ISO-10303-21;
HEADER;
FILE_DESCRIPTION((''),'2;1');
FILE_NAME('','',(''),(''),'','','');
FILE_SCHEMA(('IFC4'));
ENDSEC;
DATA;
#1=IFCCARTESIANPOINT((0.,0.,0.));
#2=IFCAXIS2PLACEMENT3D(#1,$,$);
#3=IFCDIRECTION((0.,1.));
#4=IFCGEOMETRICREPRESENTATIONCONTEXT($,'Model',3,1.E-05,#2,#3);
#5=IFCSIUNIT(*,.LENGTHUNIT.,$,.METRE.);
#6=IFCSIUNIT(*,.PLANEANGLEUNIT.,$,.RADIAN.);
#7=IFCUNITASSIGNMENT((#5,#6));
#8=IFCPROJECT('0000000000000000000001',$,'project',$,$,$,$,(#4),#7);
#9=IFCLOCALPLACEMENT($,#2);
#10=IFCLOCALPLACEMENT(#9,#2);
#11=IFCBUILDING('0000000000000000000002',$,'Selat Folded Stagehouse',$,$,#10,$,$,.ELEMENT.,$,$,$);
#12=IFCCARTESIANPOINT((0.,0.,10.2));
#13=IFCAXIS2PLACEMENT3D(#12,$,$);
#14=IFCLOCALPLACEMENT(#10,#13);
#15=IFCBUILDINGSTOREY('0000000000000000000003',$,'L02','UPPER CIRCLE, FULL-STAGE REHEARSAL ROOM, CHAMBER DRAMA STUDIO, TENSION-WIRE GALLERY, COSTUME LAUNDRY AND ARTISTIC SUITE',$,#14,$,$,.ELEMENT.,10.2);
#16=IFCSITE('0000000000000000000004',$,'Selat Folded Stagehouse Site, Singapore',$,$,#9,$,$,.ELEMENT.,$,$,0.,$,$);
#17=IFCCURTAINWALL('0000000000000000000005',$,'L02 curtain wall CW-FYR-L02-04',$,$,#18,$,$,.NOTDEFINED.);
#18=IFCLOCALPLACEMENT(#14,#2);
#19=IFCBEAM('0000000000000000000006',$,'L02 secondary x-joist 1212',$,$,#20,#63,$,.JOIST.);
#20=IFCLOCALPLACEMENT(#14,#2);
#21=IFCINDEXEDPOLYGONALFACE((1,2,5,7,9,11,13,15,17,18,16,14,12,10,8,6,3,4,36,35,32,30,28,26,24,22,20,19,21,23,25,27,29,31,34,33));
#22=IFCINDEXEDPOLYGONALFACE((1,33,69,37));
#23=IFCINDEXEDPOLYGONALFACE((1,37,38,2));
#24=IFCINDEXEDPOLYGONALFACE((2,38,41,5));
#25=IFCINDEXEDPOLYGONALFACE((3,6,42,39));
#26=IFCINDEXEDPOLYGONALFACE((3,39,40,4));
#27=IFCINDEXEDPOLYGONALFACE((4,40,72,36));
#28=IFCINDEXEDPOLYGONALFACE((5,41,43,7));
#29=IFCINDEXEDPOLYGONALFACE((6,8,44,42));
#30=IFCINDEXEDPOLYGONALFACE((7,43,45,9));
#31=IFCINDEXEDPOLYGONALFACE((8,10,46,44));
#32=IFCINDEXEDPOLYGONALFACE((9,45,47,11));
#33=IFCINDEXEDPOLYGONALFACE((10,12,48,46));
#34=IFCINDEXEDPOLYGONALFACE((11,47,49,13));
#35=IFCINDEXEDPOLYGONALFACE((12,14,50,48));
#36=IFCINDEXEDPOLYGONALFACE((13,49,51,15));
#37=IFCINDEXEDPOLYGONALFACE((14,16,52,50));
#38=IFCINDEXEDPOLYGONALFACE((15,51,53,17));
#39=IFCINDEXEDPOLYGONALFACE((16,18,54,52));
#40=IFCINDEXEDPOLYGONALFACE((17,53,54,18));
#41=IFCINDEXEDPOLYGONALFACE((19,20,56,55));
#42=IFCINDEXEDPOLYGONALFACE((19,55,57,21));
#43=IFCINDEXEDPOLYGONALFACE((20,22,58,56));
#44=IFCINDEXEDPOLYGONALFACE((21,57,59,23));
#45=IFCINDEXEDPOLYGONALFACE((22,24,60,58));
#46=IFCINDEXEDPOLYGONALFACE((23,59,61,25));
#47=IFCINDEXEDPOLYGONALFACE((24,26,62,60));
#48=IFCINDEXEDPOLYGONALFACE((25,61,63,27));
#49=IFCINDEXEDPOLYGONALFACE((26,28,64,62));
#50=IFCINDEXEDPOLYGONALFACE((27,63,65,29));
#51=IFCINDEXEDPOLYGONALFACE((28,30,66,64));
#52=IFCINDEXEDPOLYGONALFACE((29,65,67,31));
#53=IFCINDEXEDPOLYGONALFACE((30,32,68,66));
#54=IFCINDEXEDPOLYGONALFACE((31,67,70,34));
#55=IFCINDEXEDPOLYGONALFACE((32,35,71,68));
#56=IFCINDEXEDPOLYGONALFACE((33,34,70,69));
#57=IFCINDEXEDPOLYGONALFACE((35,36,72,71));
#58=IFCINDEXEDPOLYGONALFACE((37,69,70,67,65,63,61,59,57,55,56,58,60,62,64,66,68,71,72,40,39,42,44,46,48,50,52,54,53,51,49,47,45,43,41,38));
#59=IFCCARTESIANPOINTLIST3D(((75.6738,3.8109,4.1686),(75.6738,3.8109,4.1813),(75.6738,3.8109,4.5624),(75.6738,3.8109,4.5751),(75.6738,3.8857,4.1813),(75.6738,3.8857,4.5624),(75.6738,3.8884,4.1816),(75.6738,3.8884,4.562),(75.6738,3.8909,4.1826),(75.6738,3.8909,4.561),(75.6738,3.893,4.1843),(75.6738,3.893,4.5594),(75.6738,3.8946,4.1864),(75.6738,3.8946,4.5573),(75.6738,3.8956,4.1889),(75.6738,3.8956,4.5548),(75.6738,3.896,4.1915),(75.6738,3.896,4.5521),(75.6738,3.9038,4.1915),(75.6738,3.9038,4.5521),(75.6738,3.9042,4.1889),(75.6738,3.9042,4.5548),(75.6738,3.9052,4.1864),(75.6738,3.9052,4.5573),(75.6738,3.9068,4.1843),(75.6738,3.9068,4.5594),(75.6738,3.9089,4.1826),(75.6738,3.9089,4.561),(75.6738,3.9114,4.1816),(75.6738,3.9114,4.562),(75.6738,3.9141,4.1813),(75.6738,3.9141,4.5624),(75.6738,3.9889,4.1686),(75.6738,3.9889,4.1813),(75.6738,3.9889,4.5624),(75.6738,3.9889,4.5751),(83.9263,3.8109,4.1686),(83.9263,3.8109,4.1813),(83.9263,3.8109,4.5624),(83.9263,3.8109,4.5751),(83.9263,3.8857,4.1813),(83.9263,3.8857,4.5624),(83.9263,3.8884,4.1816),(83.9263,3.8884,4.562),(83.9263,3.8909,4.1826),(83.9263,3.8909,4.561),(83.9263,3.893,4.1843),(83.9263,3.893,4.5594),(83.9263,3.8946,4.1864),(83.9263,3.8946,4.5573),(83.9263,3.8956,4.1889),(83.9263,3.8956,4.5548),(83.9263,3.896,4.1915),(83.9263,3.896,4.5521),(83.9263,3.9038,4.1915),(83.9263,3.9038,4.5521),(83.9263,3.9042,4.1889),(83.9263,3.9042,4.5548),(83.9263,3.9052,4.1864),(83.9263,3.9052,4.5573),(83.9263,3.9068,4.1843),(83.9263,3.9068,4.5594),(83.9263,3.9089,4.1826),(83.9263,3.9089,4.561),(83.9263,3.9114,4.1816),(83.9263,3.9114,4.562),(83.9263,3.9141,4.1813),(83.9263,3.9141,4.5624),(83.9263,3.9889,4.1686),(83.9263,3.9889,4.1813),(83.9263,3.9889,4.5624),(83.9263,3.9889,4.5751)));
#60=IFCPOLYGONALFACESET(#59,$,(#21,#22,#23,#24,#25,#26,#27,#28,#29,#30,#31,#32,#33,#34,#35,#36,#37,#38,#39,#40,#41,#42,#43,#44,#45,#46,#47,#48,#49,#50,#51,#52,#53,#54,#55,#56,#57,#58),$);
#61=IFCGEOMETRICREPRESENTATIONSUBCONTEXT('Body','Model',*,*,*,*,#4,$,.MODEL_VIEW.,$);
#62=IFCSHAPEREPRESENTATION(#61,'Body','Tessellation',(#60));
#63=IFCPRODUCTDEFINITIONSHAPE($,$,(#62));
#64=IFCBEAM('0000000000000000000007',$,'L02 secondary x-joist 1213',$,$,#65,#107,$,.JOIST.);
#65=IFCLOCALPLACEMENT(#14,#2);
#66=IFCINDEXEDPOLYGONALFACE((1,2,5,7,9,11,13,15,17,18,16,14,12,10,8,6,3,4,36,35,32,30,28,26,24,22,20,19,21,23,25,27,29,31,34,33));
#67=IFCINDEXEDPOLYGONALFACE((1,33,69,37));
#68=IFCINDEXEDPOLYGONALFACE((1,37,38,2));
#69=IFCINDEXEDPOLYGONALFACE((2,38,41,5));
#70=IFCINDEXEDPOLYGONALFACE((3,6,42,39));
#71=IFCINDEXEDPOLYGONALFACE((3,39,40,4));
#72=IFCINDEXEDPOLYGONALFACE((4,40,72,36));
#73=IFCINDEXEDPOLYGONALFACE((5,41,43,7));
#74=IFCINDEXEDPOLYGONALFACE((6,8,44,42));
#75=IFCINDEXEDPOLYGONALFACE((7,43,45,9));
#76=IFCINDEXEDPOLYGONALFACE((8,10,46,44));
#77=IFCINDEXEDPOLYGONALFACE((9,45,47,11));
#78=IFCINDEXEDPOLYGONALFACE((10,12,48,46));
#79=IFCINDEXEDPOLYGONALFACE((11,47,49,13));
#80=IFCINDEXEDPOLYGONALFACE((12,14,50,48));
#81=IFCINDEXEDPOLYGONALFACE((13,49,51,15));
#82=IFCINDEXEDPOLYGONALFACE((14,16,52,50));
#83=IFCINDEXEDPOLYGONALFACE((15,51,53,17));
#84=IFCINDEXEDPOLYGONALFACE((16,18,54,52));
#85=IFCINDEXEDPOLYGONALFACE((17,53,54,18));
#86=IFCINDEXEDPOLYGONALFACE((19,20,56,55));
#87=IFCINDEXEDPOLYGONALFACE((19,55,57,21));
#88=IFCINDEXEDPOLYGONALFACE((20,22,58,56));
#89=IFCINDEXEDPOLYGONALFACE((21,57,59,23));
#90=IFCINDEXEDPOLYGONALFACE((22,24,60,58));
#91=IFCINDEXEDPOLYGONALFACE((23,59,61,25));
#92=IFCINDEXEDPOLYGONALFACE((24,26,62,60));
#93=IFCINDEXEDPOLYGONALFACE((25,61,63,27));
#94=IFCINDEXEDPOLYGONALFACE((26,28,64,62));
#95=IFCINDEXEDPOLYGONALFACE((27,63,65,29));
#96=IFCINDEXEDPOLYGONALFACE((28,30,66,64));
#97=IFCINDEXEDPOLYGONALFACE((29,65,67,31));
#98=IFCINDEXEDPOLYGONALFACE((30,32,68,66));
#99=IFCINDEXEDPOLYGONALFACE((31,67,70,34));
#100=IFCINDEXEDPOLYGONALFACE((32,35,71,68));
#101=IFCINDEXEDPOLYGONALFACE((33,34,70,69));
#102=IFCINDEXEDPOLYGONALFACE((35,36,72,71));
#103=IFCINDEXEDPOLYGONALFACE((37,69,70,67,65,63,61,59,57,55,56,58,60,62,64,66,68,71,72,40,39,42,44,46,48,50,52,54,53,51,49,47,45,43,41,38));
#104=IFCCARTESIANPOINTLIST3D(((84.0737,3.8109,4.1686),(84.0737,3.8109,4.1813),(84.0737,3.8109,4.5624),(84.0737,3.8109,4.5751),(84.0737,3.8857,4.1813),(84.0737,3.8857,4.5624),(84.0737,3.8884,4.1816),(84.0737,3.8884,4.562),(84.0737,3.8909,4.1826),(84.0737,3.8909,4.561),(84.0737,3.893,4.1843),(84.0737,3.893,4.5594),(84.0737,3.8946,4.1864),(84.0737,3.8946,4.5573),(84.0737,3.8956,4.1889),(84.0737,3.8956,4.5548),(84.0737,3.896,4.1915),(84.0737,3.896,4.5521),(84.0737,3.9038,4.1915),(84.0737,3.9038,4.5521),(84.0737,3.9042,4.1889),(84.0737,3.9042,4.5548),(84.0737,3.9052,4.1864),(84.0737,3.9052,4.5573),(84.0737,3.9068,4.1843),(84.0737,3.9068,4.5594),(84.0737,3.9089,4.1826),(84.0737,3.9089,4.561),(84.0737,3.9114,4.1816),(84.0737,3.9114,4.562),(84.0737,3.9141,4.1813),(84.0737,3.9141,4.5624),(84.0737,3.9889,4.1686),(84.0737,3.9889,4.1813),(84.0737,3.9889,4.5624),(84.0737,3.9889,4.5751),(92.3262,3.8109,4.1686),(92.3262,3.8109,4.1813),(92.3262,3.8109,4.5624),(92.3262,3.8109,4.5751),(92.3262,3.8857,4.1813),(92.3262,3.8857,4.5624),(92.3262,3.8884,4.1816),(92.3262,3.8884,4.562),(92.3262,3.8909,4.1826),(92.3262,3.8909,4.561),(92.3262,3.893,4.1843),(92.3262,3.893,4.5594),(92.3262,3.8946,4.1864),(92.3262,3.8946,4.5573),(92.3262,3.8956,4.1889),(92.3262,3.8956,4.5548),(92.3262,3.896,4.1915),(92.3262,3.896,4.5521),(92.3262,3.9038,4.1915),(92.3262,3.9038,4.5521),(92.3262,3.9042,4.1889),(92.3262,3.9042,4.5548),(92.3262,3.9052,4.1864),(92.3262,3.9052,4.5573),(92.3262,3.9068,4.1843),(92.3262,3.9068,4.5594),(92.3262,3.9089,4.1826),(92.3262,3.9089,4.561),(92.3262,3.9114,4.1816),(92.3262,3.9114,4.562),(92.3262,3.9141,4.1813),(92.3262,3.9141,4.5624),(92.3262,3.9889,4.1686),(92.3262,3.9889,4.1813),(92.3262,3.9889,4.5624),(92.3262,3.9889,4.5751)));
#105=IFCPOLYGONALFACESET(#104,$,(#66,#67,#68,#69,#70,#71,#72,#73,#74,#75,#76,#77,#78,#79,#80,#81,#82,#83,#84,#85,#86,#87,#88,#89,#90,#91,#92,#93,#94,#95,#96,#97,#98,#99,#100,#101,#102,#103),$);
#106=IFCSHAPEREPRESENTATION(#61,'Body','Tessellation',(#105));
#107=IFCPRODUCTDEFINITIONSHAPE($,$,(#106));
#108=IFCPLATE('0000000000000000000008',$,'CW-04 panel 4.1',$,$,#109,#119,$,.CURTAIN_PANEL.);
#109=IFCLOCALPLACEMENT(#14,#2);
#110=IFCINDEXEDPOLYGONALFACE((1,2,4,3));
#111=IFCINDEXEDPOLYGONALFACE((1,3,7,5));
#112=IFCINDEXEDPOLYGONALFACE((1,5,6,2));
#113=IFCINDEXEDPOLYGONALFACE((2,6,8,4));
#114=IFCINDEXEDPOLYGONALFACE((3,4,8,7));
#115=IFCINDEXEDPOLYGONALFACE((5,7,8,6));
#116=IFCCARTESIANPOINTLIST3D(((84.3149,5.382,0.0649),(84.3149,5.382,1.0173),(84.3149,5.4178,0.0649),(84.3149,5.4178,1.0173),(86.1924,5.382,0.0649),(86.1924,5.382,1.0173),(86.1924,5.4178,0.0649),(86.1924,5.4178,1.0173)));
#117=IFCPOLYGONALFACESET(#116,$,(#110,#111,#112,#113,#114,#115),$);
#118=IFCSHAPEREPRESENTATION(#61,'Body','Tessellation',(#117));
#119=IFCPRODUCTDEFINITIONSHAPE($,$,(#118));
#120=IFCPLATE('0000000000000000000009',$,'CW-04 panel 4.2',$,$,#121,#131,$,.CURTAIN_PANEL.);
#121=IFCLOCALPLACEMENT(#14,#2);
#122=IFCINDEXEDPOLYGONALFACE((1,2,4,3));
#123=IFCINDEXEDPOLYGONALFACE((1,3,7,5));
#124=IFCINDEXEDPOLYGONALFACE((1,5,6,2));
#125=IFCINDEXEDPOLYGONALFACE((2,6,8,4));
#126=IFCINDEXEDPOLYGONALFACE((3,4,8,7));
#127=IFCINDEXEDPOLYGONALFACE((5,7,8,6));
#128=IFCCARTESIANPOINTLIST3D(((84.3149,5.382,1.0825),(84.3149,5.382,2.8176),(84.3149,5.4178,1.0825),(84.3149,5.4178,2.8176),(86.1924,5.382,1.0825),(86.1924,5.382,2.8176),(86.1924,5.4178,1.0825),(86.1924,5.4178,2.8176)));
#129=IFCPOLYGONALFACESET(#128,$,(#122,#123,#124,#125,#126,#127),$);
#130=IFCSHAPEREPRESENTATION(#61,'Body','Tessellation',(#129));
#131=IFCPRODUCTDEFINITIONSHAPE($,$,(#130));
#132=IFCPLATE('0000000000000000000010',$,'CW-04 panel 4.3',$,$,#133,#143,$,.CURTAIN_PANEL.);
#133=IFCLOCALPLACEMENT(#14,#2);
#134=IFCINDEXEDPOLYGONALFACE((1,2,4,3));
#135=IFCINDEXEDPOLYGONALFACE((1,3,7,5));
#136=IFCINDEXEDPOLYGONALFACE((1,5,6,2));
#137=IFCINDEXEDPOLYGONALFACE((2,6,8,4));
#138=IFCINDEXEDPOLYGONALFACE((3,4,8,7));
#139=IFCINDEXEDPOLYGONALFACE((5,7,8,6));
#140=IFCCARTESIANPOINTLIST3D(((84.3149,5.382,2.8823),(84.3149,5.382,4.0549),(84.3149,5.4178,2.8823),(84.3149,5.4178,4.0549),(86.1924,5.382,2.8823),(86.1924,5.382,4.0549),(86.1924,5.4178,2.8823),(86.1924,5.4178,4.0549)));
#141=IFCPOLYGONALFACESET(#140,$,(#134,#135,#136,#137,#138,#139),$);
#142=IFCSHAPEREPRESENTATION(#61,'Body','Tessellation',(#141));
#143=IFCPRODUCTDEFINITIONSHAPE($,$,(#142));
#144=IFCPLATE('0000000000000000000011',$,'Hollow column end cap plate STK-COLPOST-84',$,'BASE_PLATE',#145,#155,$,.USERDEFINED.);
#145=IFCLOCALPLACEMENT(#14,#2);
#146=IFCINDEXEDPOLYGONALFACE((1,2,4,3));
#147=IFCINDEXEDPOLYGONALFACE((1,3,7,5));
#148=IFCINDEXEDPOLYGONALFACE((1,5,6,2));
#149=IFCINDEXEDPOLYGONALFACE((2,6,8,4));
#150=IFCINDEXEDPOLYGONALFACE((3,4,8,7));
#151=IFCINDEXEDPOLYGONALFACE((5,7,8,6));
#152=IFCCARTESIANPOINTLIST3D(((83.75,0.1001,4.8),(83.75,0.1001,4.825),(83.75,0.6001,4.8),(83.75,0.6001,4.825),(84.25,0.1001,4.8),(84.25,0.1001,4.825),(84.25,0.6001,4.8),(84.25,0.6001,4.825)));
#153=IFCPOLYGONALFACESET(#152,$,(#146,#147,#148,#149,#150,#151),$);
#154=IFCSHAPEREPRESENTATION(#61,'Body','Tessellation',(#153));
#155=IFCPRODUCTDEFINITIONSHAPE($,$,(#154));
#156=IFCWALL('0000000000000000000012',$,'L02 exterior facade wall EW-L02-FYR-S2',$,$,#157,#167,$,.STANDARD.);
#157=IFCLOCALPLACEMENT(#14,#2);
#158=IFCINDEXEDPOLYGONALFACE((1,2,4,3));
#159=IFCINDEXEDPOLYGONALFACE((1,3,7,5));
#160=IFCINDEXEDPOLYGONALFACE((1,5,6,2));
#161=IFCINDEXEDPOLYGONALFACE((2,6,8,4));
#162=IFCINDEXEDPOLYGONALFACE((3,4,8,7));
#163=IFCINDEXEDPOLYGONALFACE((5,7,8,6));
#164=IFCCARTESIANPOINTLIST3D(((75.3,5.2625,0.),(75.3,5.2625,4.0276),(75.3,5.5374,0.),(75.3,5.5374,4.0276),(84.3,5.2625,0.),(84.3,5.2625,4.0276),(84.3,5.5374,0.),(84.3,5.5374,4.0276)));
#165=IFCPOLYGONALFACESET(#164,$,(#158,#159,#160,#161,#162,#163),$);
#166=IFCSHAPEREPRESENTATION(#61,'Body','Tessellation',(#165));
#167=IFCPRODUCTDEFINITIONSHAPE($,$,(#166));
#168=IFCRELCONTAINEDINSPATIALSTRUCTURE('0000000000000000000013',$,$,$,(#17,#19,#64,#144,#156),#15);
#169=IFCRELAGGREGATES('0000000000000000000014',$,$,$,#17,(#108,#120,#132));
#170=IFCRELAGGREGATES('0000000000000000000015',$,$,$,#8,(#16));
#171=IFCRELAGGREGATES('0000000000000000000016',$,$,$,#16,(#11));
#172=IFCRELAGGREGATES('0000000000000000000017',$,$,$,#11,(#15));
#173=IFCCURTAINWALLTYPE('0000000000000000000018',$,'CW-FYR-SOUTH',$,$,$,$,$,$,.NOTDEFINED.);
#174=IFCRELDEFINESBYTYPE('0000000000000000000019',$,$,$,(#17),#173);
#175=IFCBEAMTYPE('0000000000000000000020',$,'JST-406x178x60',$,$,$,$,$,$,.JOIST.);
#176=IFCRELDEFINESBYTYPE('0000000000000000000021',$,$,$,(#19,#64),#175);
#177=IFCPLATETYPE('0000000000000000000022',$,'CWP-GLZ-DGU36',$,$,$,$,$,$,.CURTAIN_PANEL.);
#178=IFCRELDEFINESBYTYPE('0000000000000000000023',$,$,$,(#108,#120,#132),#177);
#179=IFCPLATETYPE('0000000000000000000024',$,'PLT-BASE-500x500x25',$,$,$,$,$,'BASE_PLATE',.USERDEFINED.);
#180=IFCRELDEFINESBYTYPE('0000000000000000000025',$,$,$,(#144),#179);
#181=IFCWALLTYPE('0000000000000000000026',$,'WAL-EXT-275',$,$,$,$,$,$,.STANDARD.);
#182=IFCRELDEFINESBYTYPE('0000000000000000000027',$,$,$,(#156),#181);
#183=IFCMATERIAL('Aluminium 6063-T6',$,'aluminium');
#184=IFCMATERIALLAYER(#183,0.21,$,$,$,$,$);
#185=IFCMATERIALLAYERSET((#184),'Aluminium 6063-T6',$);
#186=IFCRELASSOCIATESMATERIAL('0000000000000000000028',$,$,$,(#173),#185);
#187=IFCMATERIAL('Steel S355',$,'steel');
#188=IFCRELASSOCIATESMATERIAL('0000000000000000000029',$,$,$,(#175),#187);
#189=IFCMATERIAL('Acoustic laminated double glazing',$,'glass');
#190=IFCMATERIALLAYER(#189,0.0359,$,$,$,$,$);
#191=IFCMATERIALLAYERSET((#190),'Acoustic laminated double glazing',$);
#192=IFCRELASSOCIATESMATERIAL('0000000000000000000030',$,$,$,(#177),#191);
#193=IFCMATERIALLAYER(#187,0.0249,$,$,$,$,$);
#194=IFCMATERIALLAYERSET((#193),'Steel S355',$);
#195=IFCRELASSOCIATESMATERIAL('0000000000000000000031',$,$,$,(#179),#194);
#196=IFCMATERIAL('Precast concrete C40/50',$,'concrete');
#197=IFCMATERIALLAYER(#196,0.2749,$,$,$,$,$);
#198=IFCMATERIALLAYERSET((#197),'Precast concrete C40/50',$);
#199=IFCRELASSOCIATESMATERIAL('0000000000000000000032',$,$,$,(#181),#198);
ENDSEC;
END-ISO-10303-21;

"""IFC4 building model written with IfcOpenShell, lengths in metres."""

from ifc_helpers import new_model, si_unit, direction, frame, frame_2d, origin, origin_2d, place, context, subcontext, project, spatial, rectangle, i_section, extrude, material, layer, layer_set, material_profile, profile_set, type_object, element, aggregate, save


model = new_model("IFC4")

# Units and contexts
model_context = context("Model", 3, precision=1e-05, world=origin(), true_north=direction((0.0, 1.0)))
body_context = subcontext(model_context, "Body", "Model", "MODEL_VIEW")
ifc_project = project(units=[si_unit("LENGTHUNIT", "METRE"), si_unit("PLANEANGLEUNIT", "RADIAN")], contexts=[model_context])

# Site, building, storey
site_placement = place(None, origin())
site = spatial("IfcSite", under=ifc_project, at=site_placement, Name="Selat Folded Stagehouse Site, Singapore", CompositionType="ELEMENT", RefElevation=0.0)
building_placement = place(site_placement, origin())
building = spatial("IfcBuilding", under=site, at=building_placement, Name="Selat Folded Stagehouse", CompositionType="ELEMENT")
storey_placement = place(building_placement, frame((0.0, 0.0, 10.2)))
storey = spatial("IfcBuildingStorey", under=building, at=storey_placement, Name="L02", Description="UPPER CIRCLE, FULL-STAGE REHEARSAL ROOM, CHAMBER DRAMA STUDIO, TENSION-WIRE GALLERY, COSTUME LAUNDRY AND ARTISTIC SUITE", CompositionType="ELEMENT", Elevation=10.2)

# Shared definitions
ifc_material_1 = material(Name="Steel S355", Category="steel")

# Curtain wall
ifc_material_2 = material(Name="Aluminium 6063-T6", Category="aluminium")
ifc_layer_1 = layer(ifc_material_2, 0.21)
ifc_layer_set_1 = layer_set([ifc_layer_1], Name="Aluminium 6063-T6")
curtain_wall_type = type_object("IfcCurtainWallType", Name="CW-FYR-SOUTH", PredefinedType="NOTDEFINED", material=ifc_layer_set_1)
curtain_wall_placement = place(storey_placement, origin())
curtain_wall = element("IfcCurtainWall", 1, at=curtain_wall_placement, inside=storey, type_object=curtain_wall_type, Name="L02 curtain wall CW-FYR-L02-04", PredefinedType="NOTDEFINED")

# Beams
ifc_material_profile_1 = material_profile(ifc_material_1, i_section(OverallWidth=0.178, OverallDepth=0.4065, WebThickness=0.0078, FlangeThickness=0.0127, FilletRadius=0.0103, at=origin_2d()), Name="UKB 406x178x60")
ifc_profile_set_1 = profile_set([ifc_material_profile_1], Name="Steel S355")
beam_type_1 = type_object("IfcBeamType", Name="JST-406x178x60", PredefinedType="JOIST", material=ifc_profile_set_1)
for number, where, z_axis, x_axis, name in (
    (2, (75.6738, 3.8999, 4.3718), (1.0, 0.0, 0.0), (0.0, 1.0, 0.0), "L02 secondary x-joist 1212"),
    (3, (84.0737, 3.8999, 4.3718), (1.0, 0.0, 0.0), (0.0, 1.0, 0.0), "L02 secondary x-joist 1213"),
):
    element("IfcBeam", number, at=place(storey_placement, frame(where, z_axis=z_axis, x_axis=x_axis)), inside=storey, type_object=beam_type_1, Name=name, PredefinedType="JOIST", context=body_context, shape_type="SweptSolid", body=[
        extrude(i_section(OverallWidth=0.178, OverallDepth=0.4065, WebThickness=0.0078, FlangeThickness=0.0127, FilletRadius=0.0103, at=origin_2d()), origin(), (0.0, 0.0, 1.0), 8.2524),
    ])

# Plates
ifc_material_3 = material(Name="Acoustic laminated double glazing", Category="glass")
ifc_layer_2 = layer(ifc_material_3, 0.0359)
ifc_layer_set_2 = layer_set([ifc_layer_2], Name="Acoustic laminated double glazing")
plate_type_1 = type_object("IfcPlateType", Name="CWP-GLZ-DGU36", PredefinedType="CURTAIN_PANEL", material=ifc_layer_set_2)
plate_1_placement = place(storey_placement, frame((85.2537, 5.3999, 0.0649), z_axis=(0.0, 0.0, 1.0), x_axis=(-1.0, 0.0, 0.0)))
plate_1 = element("IfcPlate", 4, at=plate_1_placement, type_object=plate_type_1, Name="CW-04 panel 4.1", PredefinedType="CURTAIN_PANEL", context=body_context, shape_type="SweptSolid", body=[
    extrude(rectangle(XDim=1.8774, YDim=0.0359, at=origin_2d()), origin(), (0.0, 0.0, 1.0), 0.9524),
])
plate_2_placement = place(storey_placement, frame((85.2537, 5.3999, 1.0825), z_axis=(0.0, 0.0, 1.0), x_axis=(-1.0, 0.0, 0.0)))
plate_2 = element("IfcPlate", 5, at=plate_2_placement, type_object=plate_type_1, Name="CW-04 panel 4.2", PredefinedType="CURTAIN_PANEL", context=body_context, shape_type="SweptSolid", body=[
    extrude(rectangle(XDim=1.8774, YDim=0.0359, at=origin_2d()), origin(), (0.0, 0.0, 1.0), 1.7351),
])
plate_3_placement = place(storey_placement, frame((85.2537, 5.3999, 2.8823), z_axis=(0.0, 0.0, 1.0), x_axis=(-1.0, 0.0, 0.0)))
plate_3 = element("IfcPlate", 6, at=plate_3_placement, type_object=plate_type_1, Name="CW-04 panel 4.3", PredefinedType="CURTAIN_PANEL", context=body_context, shape_type="SweptSolid", body=[
    extrude(rectangle(XDim=1.8774, YDim=0.0359, at=origin_2d()), origin(), (0.0, 0.0, 1.0), 1.1726),
])
aggregate(curtain_wall, [plate_1, plate_2, plate_3])
ifc_layer_3 = layer(ifc_material_1, 0.0249)
ifc_layer_set_3 = layer_set([ifc_layer_3], Name="Steel S355")
plate_type_2 = type_object("IfcPlateType", Name="PLT-BASE-500x500x25", ElementType="BASE_PLATE", PredefinedType="USERDEFINED", material=ifc_layer_set_3)
plate_4_placement = place(storey_placement, frame((84.0, 0.3501, 4.8), z_axis=(0.0, 0.0, 1.0), x_axis=(1.0, 0.0, 0.0)))
element("IfcPlate", 7, at=plate_4_placement, inside=storey, type_object=plate_type_2, Name="Hollow column end cap plate STK-COLPOST-84", ObjectType="BASE_PLATE", PredefinedType="USERDEFINED", context=body_context, shape_type="SweptSolid", body=[
    extrude(rectangle(XDim=0.5, YDim=0.5, at=origin_2d()), origin(), (0.0, 0.0, 1.0), 0.0249),
])

# Wall
ifc_material_4 = material(Name="Precast concrete C40/50", Category="concrete")
ifc_layer_4 = layer(ifc_material_4, 0.2749)
ifc_layer_set_4 = layer_set([ifc_layer_4], Name="Precast concrete C40/50")
wall_type = type_object("IfcWallType", Name="WAL-EXT-275", PredefinedType="STANDARD", material=ifc_layer_set_4)
wall_placement = place(storey_placement, frame((84.3, 5.3999, 0.0), z_axis=(0.0, 0.0, 1.0), x_axis=(-1.0, 0.0, 0.0)))
element("IfcWall", 8, at=wall_placement, inside=storey, type_object=wall_type, Name="L02 exterior facade wall EW-L02-FYR-S2", PredefinedType="STANDARD", context=body_context, shape_type="SweptSolid", body=[
    extrude(rectangle(XDim=9.0, YDim=0.2749, at=frame_2d((4.5, 0.0))), origin(), (0.0, 0.0, 1.0), 4.0276),
])

save(model, "model.ifc")
